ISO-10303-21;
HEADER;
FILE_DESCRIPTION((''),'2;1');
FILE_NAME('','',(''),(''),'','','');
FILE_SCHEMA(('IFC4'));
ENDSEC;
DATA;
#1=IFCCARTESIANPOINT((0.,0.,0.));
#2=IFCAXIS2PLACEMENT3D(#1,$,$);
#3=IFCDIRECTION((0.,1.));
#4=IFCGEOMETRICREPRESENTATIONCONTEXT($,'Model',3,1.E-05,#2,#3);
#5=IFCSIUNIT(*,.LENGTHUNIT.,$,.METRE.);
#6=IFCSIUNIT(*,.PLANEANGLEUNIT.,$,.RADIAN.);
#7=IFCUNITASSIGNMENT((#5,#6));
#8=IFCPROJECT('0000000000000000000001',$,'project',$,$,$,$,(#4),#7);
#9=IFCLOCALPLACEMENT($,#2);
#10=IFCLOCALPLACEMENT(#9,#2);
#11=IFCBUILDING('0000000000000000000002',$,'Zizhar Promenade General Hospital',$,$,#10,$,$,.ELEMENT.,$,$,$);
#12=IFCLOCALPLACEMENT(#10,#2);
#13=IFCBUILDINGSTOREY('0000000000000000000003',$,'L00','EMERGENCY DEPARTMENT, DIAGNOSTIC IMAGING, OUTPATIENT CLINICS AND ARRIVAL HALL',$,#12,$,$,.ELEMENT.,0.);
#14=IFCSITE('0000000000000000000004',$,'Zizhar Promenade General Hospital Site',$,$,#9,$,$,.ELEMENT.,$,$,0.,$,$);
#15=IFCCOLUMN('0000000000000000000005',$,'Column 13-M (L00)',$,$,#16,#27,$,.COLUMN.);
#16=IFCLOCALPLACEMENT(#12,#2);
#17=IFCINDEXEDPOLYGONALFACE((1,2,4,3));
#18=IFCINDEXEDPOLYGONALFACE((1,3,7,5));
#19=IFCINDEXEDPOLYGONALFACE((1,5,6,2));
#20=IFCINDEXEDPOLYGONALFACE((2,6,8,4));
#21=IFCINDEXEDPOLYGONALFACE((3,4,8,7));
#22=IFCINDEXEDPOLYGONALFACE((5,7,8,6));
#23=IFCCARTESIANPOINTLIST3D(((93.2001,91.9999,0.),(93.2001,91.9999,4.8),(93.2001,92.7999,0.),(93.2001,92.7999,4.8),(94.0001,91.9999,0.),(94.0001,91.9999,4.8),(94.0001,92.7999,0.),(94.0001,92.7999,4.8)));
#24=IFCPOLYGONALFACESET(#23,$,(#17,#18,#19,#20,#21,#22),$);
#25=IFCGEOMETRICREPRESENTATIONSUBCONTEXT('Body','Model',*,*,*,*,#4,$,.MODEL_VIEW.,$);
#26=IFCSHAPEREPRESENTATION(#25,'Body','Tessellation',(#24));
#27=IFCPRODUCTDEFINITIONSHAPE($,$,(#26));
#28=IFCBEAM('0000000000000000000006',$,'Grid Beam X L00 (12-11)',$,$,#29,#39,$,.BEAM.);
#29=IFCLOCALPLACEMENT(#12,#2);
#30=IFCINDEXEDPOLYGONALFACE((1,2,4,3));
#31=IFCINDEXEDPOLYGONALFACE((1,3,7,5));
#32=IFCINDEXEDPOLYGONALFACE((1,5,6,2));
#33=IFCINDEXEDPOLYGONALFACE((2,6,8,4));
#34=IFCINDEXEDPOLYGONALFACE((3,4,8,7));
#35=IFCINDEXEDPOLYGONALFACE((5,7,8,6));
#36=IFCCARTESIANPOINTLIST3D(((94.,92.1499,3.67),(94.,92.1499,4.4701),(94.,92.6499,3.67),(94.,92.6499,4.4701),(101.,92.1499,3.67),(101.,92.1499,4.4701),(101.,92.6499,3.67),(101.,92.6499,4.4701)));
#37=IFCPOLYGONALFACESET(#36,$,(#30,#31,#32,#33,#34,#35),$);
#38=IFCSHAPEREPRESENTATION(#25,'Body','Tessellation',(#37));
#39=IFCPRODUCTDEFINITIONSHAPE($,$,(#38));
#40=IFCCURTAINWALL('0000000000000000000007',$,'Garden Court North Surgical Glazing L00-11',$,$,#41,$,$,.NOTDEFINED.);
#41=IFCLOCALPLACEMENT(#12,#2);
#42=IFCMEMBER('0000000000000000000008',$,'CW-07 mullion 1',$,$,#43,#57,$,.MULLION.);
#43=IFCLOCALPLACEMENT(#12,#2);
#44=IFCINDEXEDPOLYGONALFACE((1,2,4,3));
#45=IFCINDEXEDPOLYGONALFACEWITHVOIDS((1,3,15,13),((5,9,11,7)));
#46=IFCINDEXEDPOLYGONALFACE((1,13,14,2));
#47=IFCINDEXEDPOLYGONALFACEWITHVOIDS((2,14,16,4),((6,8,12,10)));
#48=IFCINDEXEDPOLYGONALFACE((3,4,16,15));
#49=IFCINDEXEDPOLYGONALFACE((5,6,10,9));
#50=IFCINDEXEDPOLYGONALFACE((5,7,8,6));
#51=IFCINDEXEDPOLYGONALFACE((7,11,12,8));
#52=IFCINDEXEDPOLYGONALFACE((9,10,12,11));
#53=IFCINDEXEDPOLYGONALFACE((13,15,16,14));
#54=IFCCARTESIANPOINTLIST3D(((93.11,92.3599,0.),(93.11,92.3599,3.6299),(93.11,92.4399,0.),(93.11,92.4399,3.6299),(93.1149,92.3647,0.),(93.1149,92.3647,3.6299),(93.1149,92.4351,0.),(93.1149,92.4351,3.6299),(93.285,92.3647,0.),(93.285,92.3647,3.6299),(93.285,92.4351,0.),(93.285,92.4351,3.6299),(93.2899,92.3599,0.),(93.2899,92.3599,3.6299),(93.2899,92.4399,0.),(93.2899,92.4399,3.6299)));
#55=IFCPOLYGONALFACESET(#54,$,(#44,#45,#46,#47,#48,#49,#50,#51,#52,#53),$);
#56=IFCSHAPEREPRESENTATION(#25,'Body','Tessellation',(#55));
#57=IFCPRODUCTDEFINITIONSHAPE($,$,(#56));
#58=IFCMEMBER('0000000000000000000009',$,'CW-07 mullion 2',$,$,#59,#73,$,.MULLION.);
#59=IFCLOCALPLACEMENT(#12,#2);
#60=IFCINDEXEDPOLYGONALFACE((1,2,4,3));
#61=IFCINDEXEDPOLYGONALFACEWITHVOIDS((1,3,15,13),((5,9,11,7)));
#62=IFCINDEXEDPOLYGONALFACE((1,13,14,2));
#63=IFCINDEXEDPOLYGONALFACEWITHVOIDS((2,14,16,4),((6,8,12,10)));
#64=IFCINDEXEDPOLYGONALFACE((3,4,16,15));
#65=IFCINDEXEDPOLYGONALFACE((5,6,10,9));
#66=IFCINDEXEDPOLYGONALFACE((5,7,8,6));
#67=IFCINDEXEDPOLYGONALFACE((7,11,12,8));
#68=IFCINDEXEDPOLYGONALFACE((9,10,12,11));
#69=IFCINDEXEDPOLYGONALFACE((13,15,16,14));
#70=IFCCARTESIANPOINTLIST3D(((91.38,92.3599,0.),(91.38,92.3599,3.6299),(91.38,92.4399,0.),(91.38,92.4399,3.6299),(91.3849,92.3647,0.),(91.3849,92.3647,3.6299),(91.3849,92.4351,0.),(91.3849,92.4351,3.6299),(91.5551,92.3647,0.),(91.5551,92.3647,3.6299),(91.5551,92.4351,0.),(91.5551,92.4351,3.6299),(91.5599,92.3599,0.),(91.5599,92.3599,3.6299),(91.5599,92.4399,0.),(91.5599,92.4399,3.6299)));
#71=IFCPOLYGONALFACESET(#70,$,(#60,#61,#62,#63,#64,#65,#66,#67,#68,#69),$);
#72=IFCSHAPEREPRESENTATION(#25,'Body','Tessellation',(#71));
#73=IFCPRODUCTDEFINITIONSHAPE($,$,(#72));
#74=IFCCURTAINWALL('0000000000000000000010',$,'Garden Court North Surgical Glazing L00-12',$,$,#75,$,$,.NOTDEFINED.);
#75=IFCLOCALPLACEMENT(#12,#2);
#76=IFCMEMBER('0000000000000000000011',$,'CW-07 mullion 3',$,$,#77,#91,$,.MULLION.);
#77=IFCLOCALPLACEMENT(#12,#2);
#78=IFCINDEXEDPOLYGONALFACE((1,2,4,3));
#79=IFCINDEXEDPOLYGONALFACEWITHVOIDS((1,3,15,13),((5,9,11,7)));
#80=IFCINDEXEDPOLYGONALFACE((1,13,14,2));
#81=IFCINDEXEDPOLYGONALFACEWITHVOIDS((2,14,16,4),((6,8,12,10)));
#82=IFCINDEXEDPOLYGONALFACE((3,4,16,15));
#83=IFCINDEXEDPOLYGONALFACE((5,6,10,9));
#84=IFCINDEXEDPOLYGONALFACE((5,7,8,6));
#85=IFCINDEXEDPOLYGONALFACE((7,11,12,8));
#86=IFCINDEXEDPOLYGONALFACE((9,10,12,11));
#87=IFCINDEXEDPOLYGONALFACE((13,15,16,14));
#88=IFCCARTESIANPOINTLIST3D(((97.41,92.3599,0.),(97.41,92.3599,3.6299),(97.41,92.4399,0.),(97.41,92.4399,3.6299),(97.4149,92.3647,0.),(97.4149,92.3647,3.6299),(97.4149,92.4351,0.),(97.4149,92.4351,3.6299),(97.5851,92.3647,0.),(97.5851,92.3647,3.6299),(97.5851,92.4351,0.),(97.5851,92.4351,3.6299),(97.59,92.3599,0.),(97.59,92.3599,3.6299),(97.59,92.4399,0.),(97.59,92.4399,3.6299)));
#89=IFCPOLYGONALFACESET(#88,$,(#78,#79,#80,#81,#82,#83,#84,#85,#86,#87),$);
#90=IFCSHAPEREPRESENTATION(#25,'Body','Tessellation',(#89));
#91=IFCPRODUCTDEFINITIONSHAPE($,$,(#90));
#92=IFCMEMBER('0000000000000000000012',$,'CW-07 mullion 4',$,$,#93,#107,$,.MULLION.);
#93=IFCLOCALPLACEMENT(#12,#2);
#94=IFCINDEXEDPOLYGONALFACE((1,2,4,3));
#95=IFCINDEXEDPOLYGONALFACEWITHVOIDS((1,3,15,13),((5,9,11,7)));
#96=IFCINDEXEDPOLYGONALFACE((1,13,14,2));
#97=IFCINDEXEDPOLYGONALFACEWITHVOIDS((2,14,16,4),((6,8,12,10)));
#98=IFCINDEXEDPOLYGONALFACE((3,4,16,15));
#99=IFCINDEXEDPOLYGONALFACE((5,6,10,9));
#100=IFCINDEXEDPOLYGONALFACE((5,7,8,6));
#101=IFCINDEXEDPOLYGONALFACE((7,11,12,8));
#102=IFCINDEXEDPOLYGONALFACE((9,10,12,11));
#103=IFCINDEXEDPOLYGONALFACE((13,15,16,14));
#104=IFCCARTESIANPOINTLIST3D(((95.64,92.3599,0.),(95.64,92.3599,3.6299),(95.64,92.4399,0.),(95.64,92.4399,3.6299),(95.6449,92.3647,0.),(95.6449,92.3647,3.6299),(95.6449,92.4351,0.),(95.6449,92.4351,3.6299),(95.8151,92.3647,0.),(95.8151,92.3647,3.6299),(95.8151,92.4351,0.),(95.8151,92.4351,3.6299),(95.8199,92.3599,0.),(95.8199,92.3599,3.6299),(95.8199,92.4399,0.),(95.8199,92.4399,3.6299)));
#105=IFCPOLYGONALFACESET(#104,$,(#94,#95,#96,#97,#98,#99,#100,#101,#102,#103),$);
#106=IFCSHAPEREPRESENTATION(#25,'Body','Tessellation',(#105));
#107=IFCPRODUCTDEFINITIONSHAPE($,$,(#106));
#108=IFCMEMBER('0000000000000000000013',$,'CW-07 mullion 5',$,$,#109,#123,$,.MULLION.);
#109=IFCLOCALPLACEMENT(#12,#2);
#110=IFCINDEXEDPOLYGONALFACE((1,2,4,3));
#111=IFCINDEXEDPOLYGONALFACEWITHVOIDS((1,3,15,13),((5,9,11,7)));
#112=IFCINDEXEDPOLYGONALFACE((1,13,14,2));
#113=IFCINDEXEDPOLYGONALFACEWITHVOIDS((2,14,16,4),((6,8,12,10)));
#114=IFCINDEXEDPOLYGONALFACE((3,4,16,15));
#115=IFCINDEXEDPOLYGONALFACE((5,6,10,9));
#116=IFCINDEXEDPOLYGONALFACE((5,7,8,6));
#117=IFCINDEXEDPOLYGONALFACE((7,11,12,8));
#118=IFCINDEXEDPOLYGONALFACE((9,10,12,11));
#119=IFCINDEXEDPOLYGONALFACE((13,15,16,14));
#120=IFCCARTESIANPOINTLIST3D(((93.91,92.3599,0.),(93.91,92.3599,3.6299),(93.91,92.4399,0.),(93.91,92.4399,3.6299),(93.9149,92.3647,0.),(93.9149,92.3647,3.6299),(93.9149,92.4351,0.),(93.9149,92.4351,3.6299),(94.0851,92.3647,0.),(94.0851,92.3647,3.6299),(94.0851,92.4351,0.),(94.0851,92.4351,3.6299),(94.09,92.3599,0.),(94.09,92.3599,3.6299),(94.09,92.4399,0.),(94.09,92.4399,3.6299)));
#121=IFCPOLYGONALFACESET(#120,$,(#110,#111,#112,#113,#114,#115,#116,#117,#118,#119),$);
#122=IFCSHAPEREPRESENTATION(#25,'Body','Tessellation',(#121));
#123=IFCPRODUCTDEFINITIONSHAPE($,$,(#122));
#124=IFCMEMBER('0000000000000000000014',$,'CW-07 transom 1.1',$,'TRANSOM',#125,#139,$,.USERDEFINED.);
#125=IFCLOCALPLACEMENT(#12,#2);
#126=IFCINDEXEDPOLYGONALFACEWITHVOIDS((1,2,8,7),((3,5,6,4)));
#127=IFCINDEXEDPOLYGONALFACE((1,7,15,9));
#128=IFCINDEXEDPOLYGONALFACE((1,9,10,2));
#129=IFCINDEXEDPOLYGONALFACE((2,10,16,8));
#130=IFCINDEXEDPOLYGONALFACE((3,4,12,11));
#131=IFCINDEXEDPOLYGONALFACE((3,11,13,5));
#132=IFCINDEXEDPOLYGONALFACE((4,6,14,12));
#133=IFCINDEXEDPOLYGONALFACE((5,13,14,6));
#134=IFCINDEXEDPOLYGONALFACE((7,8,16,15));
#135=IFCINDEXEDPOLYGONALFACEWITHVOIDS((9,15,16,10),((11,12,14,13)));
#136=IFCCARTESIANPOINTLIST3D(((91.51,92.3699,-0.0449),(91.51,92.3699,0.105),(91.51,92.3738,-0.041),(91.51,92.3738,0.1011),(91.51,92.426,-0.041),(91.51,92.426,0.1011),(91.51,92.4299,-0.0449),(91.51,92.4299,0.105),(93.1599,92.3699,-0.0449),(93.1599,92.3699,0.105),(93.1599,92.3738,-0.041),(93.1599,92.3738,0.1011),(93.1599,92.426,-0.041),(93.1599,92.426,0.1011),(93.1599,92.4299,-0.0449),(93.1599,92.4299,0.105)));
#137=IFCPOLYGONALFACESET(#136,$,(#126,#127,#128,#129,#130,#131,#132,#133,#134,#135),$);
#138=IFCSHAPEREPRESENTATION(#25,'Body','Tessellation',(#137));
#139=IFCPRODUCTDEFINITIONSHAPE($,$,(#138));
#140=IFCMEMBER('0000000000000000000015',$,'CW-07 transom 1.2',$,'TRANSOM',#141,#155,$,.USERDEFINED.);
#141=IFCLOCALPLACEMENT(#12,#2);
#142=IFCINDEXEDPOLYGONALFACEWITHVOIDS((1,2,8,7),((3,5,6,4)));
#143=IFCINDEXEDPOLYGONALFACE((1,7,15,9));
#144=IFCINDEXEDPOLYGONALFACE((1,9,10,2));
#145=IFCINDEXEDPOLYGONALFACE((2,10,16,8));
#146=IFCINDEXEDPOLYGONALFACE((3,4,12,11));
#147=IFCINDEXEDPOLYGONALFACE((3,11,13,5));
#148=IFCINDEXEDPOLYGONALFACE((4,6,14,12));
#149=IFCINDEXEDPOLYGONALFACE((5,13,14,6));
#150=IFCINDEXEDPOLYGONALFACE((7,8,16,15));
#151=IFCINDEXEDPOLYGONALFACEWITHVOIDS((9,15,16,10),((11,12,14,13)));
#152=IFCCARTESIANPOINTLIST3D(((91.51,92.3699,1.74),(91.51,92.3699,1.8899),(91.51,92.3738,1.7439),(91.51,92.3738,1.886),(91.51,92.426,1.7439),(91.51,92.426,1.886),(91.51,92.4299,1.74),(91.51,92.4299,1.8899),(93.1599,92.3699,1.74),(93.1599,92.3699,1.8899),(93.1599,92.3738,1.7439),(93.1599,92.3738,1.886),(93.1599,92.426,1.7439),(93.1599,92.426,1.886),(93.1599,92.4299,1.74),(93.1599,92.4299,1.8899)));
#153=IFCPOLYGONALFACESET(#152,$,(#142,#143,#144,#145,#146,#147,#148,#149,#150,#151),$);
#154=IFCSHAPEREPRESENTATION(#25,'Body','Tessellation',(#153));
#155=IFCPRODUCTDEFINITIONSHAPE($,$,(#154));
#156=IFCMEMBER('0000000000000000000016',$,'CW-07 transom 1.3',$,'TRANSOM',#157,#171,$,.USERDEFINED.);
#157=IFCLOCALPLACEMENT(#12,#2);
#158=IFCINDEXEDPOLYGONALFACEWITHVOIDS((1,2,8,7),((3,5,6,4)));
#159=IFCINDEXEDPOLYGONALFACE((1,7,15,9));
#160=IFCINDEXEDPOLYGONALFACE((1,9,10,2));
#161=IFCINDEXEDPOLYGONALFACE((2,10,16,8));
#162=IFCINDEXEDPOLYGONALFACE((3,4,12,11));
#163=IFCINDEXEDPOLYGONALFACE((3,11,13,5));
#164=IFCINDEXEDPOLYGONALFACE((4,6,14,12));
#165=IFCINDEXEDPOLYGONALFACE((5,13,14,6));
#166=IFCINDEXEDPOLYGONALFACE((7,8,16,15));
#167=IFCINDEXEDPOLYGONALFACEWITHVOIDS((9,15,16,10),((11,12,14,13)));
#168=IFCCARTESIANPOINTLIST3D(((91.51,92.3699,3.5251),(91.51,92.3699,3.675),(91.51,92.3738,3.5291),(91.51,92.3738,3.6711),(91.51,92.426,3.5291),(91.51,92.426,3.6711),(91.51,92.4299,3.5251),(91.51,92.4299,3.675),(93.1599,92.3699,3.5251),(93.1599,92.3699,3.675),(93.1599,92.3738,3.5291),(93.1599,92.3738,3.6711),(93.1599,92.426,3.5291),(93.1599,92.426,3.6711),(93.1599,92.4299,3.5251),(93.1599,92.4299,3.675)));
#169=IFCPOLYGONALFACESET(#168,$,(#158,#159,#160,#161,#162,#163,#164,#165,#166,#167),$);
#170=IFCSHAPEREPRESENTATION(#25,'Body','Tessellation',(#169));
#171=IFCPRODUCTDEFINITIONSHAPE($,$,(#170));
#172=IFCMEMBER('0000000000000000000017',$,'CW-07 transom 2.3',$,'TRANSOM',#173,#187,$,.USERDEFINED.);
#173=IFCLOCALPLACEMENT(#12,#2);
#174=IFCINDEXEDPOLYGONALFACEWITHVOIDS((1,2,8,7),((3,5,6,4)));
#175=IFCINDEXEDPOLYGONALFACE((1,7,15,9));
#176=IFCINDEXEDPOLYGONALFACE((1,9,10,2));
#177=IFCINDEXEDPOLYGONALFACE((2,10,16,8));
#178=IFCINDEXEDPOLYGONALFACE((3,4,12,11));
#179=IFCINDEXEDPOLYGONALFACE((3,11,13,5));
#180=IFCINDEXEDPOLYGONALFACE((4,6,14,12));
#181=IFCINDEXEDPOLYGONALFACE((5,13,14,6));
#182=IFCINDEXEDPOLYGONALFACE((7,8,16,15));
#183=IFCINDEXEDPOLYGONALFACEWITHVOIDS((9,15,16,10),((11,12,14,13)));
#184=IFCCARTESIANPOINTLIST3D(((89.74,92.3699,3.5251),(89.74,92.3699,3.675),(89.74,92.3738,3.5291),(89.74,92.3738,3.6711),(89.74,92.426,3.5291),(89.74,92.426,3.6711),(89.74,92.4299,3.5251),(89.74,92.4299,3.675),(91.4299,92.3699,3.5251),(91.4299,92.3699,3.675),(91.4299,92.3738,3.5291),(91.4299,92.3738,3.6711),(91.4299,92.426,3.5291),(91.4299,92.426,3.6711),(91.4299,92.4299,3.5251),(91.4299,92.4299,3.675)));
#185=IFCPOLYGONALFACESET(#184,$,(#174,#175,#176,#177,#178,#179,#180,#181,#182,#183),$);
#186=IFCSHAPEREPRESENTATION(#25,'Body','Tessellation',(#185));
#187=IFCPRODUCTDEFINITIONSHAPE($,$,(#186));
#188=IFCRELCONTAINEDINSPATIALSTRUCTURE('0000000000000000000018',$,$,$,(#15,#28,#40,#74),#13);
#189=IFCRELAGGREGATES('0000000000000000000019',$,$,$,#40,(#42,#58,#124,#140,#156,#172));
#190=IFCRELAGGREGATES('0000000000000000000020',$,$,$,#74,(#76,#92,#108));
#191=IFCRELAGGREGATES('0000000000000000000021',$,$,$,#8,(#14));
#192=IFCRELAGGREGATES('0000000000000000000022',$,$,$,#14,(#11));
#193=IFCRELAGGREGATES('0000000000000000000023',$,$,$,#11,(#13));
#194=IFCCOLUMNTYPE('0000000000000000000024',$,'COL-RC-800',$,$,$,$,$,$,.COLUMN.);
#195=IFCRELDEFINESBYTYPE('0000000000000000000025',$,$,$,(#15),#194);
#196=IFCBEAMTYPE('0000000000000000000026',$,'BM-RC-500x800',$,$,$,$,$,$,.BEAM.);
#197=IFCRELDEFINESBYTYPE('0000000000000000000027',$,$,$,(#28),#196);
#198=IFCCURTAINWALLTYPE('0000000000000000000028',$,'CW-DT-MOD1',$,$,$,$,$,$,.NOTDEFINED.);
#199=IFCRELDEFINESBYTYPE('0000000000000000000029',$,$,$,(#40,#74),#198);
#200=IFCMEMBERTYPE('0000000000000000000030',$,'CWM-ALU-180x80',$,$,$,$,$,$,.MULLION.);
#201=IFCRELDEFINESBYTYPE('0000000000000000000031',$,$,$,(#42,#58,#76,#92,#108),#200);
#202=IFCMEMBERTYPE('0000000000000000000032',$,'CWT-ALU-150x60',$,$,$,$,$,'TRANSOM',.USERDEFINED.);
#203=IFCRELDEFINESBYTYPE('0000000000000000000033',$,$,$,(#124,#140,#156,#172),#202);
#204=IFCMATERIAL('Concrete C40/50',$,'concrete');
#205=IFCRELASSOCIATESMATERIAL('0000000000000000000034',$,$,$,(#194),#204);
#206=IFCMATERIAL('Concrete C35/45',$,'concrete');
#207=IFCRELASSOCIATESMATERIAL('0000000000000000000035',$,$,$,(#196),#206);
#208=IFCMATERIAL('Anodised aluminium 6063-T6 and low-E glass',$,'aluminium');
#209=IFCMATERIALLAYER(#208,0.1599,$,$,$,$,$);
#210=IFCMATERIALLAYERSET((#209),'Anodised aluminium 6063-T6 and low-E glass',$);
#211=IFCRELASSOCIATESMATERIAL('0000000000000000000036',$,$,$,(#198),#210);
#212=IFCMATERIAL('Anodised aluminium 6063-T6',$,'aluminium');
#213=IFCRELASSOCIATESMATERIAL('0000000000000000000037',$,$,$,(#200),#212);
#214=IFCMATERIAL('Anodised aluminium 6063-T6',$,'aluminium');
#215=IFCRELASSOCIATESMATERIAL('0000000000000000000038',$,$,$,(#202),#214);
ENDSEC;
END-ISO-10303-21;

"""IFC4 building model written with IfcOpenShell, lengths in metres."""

from ifc_helpers import new_model, si_unit, direction, frame, origin, origin_2d, place, context, subcontext, project, spatial, rectangle, hollow_rectangle, extrude, material, layer, layer_set, material_profile, profile_set, type_object, element, aggregate, save


model = new_model("IFC4")

# Units and contexts
model_context = context("Model", 3, precision=1e-05, world=origin(), true_north=direction((0.0, 1.0)))
body_context = subcontext(model_context, "Body", "Model", "MODEL_VIEW")
ifc_project = project(units=[si_unit("LENGTHUNIT", "METRE"), si_unit("PLANEANGLEUNIT", "RADIAN")], contexts=[model_context])

# Site, building, storey
site_placement = place(None, origin())
site = spatial("IfcSite", under=ifc_project, at=site_placement, Name="Zizhar Promenade General Hospital Site", CompositionType="ELEMENT", RefElevation=0.0)
building_placement = place(site_placement, origin())
building = spatial("IfcBuilding", under=site, at=building_placement, Name="Zizhar Promenade General Hospital", CompositionType="ELEMENT")
storey_placement = place(building_placement, origin())
storey = spatial("IfcBuildingStorey", under=building, at=storey_placement, Name="L00", Description="EMERGENCY DEPARTMENT, DIAGNOSTIC IMAGING, OUTPATIENT CLINICS AND ARRIVAL HALL", CompositionType="ELEMENT", Elevation=0.0)

# Column
ifc_material_1 = material(Name="Concrete C40/50", Category="concrete")
ifc_material_profile_1 = material_profile(ifc_material_1, rectangle(XDim=0.8, YDim=0.8, at=origin_2d()))
ifc_profile_set_1 = profile_set([ifc_material_profile_1], Name="Concrete C40/50")
column_type = type_object("IfcColumnType", Name="COL-RC-800", PredefinedType="COLUMN", material=ifc_profile_set_1)
column_placement = place(storey_placement, frame((93.6001, 92.3999, 0.0), z_axis=(0.0, 0.0, 1.0), x_axis=(1.0, 0.0, 0.0)))
element("IfcColumn", 1, at=column_placement, inside=storey, type_object=column_type, Name="Column 13-M (L00)", PredefinedType="COLUMN", context=body_context, shape_type="SweptSolid", body=[
    extrude(rectangle(XDim=0.8, YDim=0.8, at=origin_2d()), origin(), (0.0, 0.0, 1.0), 4.8),
])

# Beam
ifc_material_2 = material(Name="Concrete C35/45", Category="concrete")
ifc_material_profile_2 = material_profile(ifc_material_2, rectangle(XDim=0.5, YDim=0.8, at=origin_2d()))
ifc_profile_set_2 = profile_set([ifc_material_profile_2], Name="Concrete C35/45")
beam_type = type_object("IfcBeamType", Name="BM-RC-500x800", PredefinedType="BEAM", material=ifc_profile_set_2)
beam_placement = place(storey_placement, frame((94.0, 92.3999, 4.0701), z_axis=(1.0, 0.0, 0.0), x_axis=(0.0, 1.0, 0.0)))
element("IfcBeam", 2, at=beam_placement, inside=storey, type_object=beam_type, Name="Grid Beam X L00 (12-11)", PredefinedType="BEAM", context=body_context, shape_type="SweptSolid", body=[
    extrude(rectangle(XDim=0.5, YDim=0.8, at=origin_2d()), origin(), (0.0, 0.0, 1.0), 7.0),
])

# Curtain walls, members
ifc_material_3 = material(Name="Anodised aluminium 6063-T6 and low-E glass", Category="aluminium")
ifc_layer_1 = layer(ifc_material_3, 0.1599)
ifc_layer_set_1 = layer_set([ifc_layer_1], Name="Anodised aluminium 6063-T6 and low-E glass")
curtain_wall_type = type_object("IfcCurtainWallType", Name="CW-DT-MOD1", PredefinedType="NOTDEFINED", material=ifc_layer_set_1)
curtain_wall_1_placement = place(storey_placement, origin())
curtain_wall_1 = element("IfcCurtainWall", 3, at=curtain_wall_1_placement, inside=storey, type_object=curtain_wall_type, Name="Garden Court North Surgical Glazing L00-11", PredefinedType="NOTDEFINED")
ifc_material_4 = material(Name="Anodised aluminium 6063-T6", Category="aluminium")
ifc_material_profile_3 = material_profile(ifc_material_4, hollow_rectangle(XDim=0.0801, YDim=0.1799, WallThickness=0.0049, at=origin_2d()))
ifc_profile_set_3 = profile_set([ifc_material_profile_3], Name="Anodised aluminium 6063-T6")
member_type_1 = type_object("IfcMemberType", Name="CWM-ALU-180x80", PredefinedType="MULLION", material=ifc_profile_set_3)
member_1_placement = place(storey_placement, frame((93.2, 92.3999, 0.0), z_axis=(0.0, 0.0, 1.0), x_axis=(0.0, -1.0, 0.0)))
member_1 = element("IfcMember", 4, at=member_1_placement, type_object=member_type_1, Name="CW-07 mullion 1", PredefinedType="MULLION", context=body_context, shape_type="SweptSolid", body=[
    extrude(hollow_rectangle(XDim=0.0801, YDim=0.1799, WallThickness=0.0049, at=origin_2d()), origin(), (0.0, 0.0, 1.0), 3.6299),
])
member_2_placement = place(storey_placement, frame((91.47, 92.3999, 0.0), z_axis=(0.0, 0.0, 1.0), x_axis=(0.0, -1.0, 0.0)))
member_2 = element("IfcMember", 5, at=member_2_placement, type_object=member_type_1, Name="CW-07 mullion 2", PredefinedType="MULLION", context=body_context, shape_type="SweptSolid", body=[
    extrude(hollow_rectangle(XDim=0.0801, YDim=0.1799, WallThickness=0.0049, at=origin_2d()), origin(), (0.0, 0.0, 1.0), 3.6299),
])
curtain_wall_2_placement = place(storey_placement, origin())
curtain_wall_2 = element("IfcCurtainWall", 6, at=curtain_wall_2_placement, inside=storey, type_object=curtain_wall_type, Name="Garden Court North Surgical Glazing L00-12", PredefinedType="NOTDEFINED")
member_3_placement = place(storey_placement, frame((97.5, 92.3999, 0.0), z_axis=(0.0, 0.0, 1.0), x_axis=(0.0, -1.0, 0.0)))
member_3 = element("IfcMember", 7, at=member_3_placement, type_object=member_type_1, Name="CW-07 mullion 3", PredefinedType="MULLION", context=body_context, shape_type="SweptSolid", body=[
    extrude(hollow_rectangle(XDim=0.0801, YDim=0.1799, WallThickness=0.0049, at=origin_2d()), origin(), (0.0, 0.0, 1.0), 3.6299),
])
member_4_placement = place(storey_placement, frame((95.73, 92.3999, 0.0), z_axis=(0.0, 0.0, 1.0), x_axis=(0.0, -1.0, 0.0)))
member_4 = element("IfcMember", 8, at=member_4_placement, type_object=member_type_1, Name="CW-07 mullion 4", PredefinedType="MULLION", context=body_context, shape_type="SweptSolid", body=[
    extrude(hollow_rectangle(XDim=0.0801, YDim=0.1799, WallThickness=0.0049, at=origin_2d()), origin(), (0.0, 0.0, 1.0), 3.6299),
])
member_5_placement = place(storey_placement, frame((94.0, 92.3999, 0.0), z_axis=(0.0, 0.0, 1.0), x_axis=(0.0, -1.0, 0.0)))
member_5 = element("IfcMember", 9, at=member_5_placement, type_object=member_type_1, Name="CW-07 mullion 5", PredefinedType="MULLION", context=body_context, shape_type="SweptSolid", body=[
    extrude(hollow_rectangle(XDim=0.0801, YDim=0.1799, WallThickness=0.0049, at=origin_2d()), origin(), (0.0, 0.0, 1.0), 3.6299),
])

# Members
ifc_material_5 = material(Name="Anodised aluminium 6063-T6", Category="aluminium")
ifc_material_profile_4 = material_profile(ifc_material_5, hollow_rectangle(XDim=0.0601, YDim=0.1499, WallThickness=0.0039, at=origin_2d()))
ifc_profile_set_4 = profile_set([ifc_material_profile_4], Name="Anodised aluminium 6063-T6")
member_type_2 = type_object("IfcMemberType", Name="CWT-ALU-150x60", ElementType="TRANSOM", PredefinedType="USERDEFINED", material=ifc_profile_set_4)
member_6_placement = place(storey_placement, frame((93.1599, 92.3999, 0.03), z_axis=(-1.0, 0.0, 0.0), x_axis=(0.0, -1.0, 0.0)))
member_6 = element("IfcMember", 10, at=member_6_placement, type_object=member_type_2, Name="CW-07 transom 1.1", ObjectType="TRANSOM", PredefinedType="USERDEFINED", context=body_context, shape_type="SweptSolid", body=[
    extrude(hollow_rectangle(XDim=0.0601, YDim=0.1499, WallThickness=0.0039, at=origin_2d()), origin(), (0.0, 0.0, 1.0), 1.6499),
])
member_7_placement = place(storey_placement, frame((93.1599, 92.3999, 1.8149), z_axis=(-1.0, 0.0, 0.0), x_axis=(0.0, -1.0, 0.0)))
member_7 = element("IfcMember", 11, at=member_7_placement, type_object=member_type_2, Name="CW-07 transom 1.2", ObjectType="TRANSOM", PredefinedType="USERDEFINED", context=body_context, shape_type="SweptSolid", body=[
    extrude(hollow_rectangle(XDim=0.0601, YDim=0.1499, WallThickness=0.0039, at=origin_2d()), origin(), (0.0, 0.0, 1.0), 1.6499),
])
member_8_placement = place(storey_placement, frame((93.1599, 92.3999, 3.6001), z_axis=(-1.0, 0.0, 0.0), x_axis=(0.0, -1.0, 0.0)))
member_8 = element("IfcMember", 12, at=member_8_placement, type_object=member_type_2, Name="CW-07 transom 1.3", ObjectType="TRANSOM", PredefinedType="USERDEFINED", context=body_context, shape_type="SweptSolid", body=[
    extrude(hollow_rectangle(XDim=0.0601, YDim=0.1499, WallThickness=0.0039, at=origin_2d()), origin(), (0.0, 0.0, 1.0), 1.6499),
])
member_9_placement = place(storey_placement, frame((91.4299, 92.3999, 3.6001), z_axis=(-1.0, 0.0, 0.0), x_axis=(0.0, -1.0, 0.0)))
member_9 = element("IfcMember", 13, at=member_9_placement, type_object=member_type_2, Name="CW-07 transom 2.3", ObjectType="TRANSOM", PredefinedType="USERDEFINED", context=body_context, shape_type="SweptSolid", body=[
    extrude(hollow_rectangle(XDim=0.0601, YDim=0.1499, WallThickness=0.0039, at=origin_2d()), origin(), (0.0, 0.0, 1.0), 1.6899),
])

aggregate(curtain_wall_1, [member_1, member_2, member_6, member_7, member_8, member_9])
aggregate(curtain_wall_2, [member_3, member_4, member_5])

save(model, "model.ifc")
